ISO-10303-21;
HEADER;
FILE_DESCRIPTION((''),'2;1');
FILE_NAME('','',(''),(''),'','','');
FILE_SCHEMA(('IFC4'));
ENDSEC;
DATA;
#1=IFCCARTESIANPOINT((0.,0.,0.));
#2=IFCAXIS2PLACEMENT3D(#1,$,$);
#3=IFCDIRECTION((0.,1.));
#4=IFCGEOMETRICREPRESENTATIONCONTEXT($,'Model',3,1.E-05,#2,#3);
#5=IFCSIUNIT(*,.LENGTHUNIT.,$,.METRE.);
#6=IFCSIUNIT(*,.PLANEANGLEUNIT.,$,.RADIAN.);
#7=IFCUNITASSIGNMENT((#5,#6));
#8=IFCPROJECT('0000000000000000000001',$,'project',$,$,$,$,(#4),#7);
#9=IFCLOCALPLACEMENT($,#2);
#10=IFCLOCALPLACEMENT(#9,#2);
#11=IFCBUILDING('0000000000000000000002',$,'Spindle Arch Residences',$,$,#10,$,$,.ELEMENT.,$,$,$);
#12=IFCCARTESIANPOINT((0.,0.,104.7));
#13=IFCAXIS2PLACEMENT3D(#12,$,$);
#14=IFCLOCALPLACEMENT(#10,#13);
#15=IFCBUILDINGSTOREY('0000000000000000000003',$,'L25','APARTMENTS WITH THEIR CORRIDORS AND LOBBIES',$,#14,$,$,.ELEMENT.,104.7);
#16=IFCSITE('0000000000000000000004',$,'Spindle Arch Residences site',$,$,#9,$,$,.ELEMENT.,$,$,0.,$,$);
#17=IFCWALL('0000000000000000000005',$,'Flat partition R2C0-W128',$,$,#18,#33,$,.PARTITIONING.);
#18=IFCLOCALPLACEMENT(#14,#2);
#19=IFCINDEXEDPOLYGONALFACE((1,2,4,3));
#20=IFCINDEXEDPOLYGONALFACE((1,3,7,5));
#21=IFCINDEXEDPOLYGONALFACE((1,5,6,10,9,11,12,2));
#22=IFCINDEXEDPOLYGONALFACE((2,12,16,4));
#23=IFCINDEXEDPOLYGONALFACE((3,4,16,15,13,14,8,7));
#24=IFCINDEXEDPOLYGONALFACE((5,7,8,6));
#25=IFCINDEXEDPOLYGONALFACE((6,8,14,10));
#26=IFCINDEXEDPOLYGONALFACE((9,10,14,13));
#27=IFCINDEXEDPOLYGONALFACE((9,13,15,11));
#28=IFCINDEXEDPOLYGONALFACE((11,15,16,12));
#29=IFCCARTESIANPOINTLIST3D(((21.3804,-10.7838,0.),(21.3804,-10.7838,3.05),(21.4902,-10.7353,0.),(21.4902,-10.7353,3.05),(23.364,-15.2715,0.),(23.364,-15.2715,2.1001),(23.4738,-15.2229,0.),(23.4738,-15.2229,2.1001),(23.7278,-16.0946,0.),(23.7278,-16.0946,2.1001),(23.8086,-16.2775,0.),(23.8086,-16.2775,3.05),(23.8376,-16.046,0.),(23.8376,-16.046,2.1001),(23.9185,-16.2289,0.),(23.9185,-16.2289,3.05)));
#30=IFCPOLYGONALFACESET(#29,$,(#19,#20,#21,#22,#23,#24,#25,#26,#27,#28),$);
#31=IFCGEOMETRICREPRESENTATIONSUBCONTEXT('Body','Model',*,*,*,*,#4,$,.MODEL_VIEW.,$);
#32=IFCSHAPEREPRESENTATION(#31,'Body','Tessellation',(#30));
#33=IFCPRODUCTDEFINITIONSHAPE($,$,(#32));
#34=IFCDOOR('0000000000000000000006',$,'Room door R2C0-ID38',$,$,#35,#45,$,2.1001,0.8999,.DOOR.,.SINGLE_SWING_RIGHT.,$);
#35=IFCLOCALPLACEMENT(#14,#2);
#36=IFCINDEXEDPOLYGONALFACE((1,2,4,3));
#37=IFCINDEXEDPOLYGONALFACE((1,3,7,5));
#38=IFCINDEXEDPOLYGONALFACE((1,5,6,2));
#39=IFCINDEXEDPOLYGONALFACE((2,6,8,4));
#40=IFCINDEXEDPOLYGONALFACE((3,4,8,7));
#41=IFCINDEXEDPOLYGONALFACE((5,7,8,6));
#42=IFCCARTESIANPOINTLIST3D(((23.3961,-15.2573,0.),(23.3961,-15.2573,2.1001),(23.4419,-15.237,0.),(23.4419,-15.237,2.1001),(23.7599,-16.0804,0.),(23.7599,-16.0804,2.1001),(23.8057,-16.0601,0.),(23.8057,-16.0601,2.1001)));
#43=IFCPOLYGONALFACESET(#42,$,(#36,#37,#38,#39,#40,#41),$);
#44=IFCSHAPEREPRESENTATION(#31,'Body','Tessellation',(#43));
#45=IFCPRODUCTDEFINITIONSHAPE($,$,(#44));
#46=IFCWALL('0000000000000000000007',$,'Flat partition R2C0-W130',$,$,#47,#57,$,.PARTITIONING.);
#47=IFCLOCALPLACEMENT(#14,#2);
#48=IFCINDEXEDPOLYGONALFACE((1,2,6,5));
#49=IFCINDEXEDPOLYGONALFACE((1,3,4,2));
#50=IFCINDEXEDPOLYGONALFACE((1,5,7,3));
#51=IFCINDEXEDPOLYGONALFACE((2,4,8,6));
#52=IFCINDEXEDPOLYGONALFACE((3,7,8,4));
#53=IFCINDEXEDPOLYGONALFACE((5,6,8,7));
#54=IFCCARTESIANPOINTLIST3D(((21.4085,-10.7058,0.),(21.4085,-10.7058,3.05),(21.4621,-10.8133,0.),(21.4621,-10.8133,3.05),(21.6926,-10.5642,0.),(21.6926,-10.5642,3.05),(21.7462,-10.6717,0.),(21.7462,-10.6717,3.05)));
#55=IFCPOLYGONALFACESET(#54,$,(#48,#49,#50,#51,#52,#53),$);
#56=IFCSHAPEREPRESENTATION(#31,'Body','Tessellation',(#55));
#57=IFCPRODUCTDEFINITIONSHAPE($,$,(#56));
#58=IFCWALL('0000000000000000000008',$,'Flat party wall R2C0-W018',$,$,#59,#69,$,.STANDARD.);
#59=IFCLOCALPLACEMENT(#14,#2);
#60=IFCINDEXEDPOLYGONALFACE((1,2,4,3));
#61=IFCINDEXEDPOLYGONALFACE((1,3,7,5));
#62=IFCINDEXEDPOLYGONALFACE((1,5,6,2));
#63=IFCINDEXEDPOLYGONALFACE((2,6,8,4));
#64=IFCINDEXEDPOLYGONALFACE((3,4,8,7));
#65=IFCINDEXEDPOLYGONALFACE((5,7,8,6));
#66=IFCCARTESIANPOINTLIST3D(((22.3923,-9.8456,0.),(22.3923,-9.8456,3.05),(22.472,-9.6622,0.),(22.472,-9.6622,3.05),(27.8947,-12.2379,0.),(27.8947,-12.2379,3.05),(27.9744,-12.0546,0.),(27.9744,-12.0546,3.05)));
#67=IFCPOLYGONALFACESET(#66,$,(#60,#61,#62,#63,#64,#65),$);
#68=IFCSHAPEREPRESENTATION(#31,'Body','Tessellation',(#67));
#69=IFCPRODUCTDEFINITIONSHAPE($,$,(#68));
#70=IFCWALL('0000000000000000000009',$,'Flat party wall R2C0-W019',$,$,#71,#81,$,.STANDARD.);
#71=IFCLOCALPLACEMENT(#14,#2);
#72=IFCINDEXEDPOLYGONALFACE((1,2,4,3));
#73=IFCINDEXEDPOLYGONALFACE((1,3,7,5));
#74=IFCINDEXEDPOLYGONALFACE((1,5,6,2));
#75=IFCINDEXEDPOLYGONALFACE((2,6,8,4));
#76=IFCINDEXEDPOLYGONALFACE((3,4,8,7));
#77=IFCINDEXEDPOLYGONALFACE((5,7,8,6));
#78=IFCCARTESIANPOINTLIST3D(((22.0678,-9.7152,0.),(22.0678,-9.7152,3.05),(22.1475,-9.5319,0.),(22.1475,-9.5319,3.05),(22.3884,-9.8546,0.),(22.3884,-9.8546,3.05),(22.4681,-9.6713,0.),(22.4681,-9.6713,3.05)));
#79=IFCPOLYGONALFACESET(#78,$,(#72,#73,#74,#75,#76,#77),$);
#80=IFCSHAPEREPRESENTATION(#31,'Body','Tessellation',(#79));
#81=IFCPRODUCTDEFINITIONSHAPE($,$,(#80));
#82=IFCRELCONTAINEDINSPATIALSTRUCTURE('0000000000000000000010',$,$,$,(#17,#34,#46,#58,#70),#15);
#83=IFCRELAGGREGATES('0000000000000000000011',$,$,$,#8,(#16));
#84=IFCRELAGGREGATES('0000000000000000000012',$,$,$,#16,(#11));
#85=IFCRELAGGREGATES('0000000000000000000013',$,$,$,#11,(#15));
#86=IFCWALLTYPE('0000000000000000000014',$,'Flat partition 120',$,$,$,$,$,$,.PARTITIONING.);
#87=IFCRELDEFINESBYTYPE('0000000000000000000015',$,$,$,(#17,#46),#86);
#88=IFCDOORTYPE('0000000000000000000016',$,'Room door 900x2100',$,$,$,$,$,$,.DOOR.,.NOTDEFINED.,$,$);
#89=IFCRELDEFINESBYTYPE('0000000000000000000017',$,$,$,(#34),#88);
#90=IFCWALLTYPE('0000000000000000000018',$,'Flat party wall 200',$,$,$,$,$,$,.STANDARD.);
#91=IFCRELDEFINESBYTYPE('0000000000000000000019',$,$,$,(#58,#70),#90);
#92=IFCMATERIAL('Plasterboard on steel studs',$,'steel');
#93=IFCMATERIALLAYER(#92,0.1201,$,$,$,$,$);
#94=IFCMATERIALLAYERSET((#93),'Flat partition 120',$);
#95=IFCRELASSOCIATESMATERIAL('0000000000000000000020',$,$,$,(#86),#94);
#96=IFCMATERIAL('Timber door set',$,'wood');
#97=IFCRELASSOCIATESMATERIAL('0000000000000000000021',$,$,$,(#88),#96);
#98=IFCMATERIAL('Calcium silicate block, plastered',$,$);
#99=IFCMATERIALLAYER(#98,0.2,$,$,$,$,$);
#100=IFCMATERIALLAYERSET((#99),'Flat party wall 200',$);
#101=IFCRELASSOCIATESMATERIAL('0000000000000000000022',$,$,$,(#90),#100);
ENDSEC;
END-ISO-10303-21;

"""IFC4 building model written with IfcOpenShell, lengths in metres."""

from ifc_helpers import new_model, si_unit, direction, frame, frame_2d, origin, place, context, subcontext, project, spatial, rectangle, extrude, material, layer, layer_set, type_object, element, fill, save


model = new_model("IFC4")

# Units and contexts
model_context = context("Model", 3, precision=1e-05, world=origin(), true_north=direction((0.0, 1.0)))
body_context = subcontext(model_context, "Body", "Model", "MODEL_VIEW")
ifc_project = project(units=[si_unit("LENGTHUNIT", "METRE"), si_unit("PLANEANGLEUNIT", "RADIAN")], contexts=[model_context])

# Site, building, storey
site_placement = place(None, origin())
site = spatial("IfcSite", under=ifc_project, at=site_placement, Name="Spindle Arch Residences site", CompositionType="ELEMENT", RefElevation=0.0)
building_placement = place(site_placement, origin())
building = spatial("IfcBuilding", under=site, at=building_placement, Name="Spindle Arch Residences", CompositionType="ELEMENT")
storey_placement = place(building_placement, frame((0.0, 0.0, 104.7)))
storey = spatial("IfcBuildingStorey", under=building, at=storey_placement, Name="L25", Description="APARTMENTS WITH THEIR CORRIDORS AND LOBBIES", CompositionType="ELEMENT", Elevation=104.7)

# Shared definitions
ifc_material_1 = material(Name="Plasterboard on steel studs", Category="steel")
ifc_layer_1 = layer(ifc_material_1, 0.1201)
ifc_layer_set_1 = layer_set([ifc_layer_1], Name="Flat partition 120")
wall_type_1 = type_object("IfcWallType", Name="Flat partition 120", PredefinedType="PARTITIONING", material=ifc_layer_set_1)

# Shared definitions
ifc_material_2 = material(Name="Timber door set", Category="wood")
door_type = type_object("IfcDoorType", Name="Room door 900x2100", OperationType="NOTDEFINED", PredefinedType="DOOR", material=ifc_material_2)

# Wall, opening, door
wall_1_placement = place(storey_placement, frame((23.8635, -16.2532, 0.0), z_axis=(0.0, 0.0, 1.0), x_axis=(-0.404275, 0.914638, 0.0)))
wall_1 = element("IfcWall", 1, at=wall_1_placement, inside=storey, type_object=wall_type_1, Name="Flat partition R2C0-W128", PredefinedType="PARTITIONING", context=body_context, shape_type="SweptSolid", body=[
    extrude(rectangle(XDim=6.0063, YDim=0.1201, at=frame_2d((3.0032, 0.0))), origin(), (0.0, 0.0, 1.0), 3.05),
])
opening_1_placement = place(wall_1_placement, frame((0.2, 0.0, 0.0)))
opening_1 = element("IfcOpeningElement", 2, at=opening_1_placement, cuts=wall_1, PredefinedType="OPENING", context=body_context, shape_type="SweptSolid", body=[
    extrude(rectangle(XDim=0.8999, YDim=2.1001, at=frame_2d((0.45, 1.05))), frame((0.0, 0.0701, 0.0), z_axis=(0.0, -1.0, 0.0), x_axis=(1.0, 0.0, 0.0)), (0.0, 0.0, 1.0), 0.1401),
])
door_1_placement = place(opening_1_placement, origin())
door_1 = element("IfcDoor", 3, at=door_1_placement, inside=storey, type_object=door_type, Name="Room door R2C0-ID38", OperationType="SINGLE_SWING_RIGHT", OverallHeight=2.1001, OverallWidth=0.8999, PredefinedType="DOOR", context=body_context, shape_type="SweptSolid", body=[
    extrude(rectangle(XDim=0.8999, YDim=2.1001, at=frame_2d((0.45, 1.05))), frame((0.0, 0.0249, 0.0), z_axis=(0.0, -1.0, 0.0), x_axis=(1.0, 0.0, 0.0)), (0.0, 0.0, 1.0), 0.05),
])
fill(opening_1, door_1)

# Walls
wall_2_placement = place(storey_placement, frame((21.4353, -10.7595, 0.0), z_axis=(0.0, 0.0, 1.0), x_axis=(0.895041, 0.445983, 0.0)))
element("IfcWall", 4, at=wall_2_placement, inside=storey, type_object=wall_type_1, Name="Flat partition R2C0-W130", PredefinedType="PARTITIONING", context=body_context, shape_type="SweptSolid", body=[
    extrude(rectangle(XDim=0.3174, YDim=0.1201, at=frame_2d((0.1587, 0.0))), origin(), (0.0, 0.0, 1.0), 3.05),
])
ifc_material_3 = material(Name="Calcium silicate block, plastered")
ifc_layer_2 = layer(ifc_material_3, 0.2)
ifc_layer_set_2 = layer_set([ifc_layer_2], Name="Flat party wall 200")
wall_type_2 = type_object("IfcWallType", Name="Flat party wall 200", PredefinedType="STANDARD", material=ifc_layer_set_2)
wall_3_placement = place(storey_placement, frame((22.4321, -9.7539, 0.0), z_axis=(0.0, 0.0, 1.0), x_axis=(0.917072, -0.398722, 0.0)))
element("IfcWall", 5, at=wall_3_placement, inside=storey, type_object=wall_type_2, Name="Flat party wall R2C0-W018", PredefinedType="STANDARD", context=body_context, shape_type="SweptSolid", body=[
    extrude(rectangle(XDim=6.0, YDim=0.2, at=frame_2d((3.0, 0.0))), origin(), (0.0, 0.0, 1.0), 3.05),
])
wall_4_placement = place(storey_placement, frame((22.1077, -9.6235, 0.0), z_axis=(0.0, 0.0, 1.0), x_axis=(0.917037, -0.398803, 0.0)))
element("IfcWall", 6, at=wall_4_placement, inside=storey, type_object=wall_type_2, Name="Flat party wall R2C0-W019", PredefinedType="STANDARD", context=body_context, shape_type="SweptSolid", body=[
    extrude(rectangle(XDim=0.3496, YDim=0.2, at=frame_2d((0.1748, 0.0))), origin(), (0.0, 0.0, 1.0), 3.05),
])

save(model, "model.ifc")
